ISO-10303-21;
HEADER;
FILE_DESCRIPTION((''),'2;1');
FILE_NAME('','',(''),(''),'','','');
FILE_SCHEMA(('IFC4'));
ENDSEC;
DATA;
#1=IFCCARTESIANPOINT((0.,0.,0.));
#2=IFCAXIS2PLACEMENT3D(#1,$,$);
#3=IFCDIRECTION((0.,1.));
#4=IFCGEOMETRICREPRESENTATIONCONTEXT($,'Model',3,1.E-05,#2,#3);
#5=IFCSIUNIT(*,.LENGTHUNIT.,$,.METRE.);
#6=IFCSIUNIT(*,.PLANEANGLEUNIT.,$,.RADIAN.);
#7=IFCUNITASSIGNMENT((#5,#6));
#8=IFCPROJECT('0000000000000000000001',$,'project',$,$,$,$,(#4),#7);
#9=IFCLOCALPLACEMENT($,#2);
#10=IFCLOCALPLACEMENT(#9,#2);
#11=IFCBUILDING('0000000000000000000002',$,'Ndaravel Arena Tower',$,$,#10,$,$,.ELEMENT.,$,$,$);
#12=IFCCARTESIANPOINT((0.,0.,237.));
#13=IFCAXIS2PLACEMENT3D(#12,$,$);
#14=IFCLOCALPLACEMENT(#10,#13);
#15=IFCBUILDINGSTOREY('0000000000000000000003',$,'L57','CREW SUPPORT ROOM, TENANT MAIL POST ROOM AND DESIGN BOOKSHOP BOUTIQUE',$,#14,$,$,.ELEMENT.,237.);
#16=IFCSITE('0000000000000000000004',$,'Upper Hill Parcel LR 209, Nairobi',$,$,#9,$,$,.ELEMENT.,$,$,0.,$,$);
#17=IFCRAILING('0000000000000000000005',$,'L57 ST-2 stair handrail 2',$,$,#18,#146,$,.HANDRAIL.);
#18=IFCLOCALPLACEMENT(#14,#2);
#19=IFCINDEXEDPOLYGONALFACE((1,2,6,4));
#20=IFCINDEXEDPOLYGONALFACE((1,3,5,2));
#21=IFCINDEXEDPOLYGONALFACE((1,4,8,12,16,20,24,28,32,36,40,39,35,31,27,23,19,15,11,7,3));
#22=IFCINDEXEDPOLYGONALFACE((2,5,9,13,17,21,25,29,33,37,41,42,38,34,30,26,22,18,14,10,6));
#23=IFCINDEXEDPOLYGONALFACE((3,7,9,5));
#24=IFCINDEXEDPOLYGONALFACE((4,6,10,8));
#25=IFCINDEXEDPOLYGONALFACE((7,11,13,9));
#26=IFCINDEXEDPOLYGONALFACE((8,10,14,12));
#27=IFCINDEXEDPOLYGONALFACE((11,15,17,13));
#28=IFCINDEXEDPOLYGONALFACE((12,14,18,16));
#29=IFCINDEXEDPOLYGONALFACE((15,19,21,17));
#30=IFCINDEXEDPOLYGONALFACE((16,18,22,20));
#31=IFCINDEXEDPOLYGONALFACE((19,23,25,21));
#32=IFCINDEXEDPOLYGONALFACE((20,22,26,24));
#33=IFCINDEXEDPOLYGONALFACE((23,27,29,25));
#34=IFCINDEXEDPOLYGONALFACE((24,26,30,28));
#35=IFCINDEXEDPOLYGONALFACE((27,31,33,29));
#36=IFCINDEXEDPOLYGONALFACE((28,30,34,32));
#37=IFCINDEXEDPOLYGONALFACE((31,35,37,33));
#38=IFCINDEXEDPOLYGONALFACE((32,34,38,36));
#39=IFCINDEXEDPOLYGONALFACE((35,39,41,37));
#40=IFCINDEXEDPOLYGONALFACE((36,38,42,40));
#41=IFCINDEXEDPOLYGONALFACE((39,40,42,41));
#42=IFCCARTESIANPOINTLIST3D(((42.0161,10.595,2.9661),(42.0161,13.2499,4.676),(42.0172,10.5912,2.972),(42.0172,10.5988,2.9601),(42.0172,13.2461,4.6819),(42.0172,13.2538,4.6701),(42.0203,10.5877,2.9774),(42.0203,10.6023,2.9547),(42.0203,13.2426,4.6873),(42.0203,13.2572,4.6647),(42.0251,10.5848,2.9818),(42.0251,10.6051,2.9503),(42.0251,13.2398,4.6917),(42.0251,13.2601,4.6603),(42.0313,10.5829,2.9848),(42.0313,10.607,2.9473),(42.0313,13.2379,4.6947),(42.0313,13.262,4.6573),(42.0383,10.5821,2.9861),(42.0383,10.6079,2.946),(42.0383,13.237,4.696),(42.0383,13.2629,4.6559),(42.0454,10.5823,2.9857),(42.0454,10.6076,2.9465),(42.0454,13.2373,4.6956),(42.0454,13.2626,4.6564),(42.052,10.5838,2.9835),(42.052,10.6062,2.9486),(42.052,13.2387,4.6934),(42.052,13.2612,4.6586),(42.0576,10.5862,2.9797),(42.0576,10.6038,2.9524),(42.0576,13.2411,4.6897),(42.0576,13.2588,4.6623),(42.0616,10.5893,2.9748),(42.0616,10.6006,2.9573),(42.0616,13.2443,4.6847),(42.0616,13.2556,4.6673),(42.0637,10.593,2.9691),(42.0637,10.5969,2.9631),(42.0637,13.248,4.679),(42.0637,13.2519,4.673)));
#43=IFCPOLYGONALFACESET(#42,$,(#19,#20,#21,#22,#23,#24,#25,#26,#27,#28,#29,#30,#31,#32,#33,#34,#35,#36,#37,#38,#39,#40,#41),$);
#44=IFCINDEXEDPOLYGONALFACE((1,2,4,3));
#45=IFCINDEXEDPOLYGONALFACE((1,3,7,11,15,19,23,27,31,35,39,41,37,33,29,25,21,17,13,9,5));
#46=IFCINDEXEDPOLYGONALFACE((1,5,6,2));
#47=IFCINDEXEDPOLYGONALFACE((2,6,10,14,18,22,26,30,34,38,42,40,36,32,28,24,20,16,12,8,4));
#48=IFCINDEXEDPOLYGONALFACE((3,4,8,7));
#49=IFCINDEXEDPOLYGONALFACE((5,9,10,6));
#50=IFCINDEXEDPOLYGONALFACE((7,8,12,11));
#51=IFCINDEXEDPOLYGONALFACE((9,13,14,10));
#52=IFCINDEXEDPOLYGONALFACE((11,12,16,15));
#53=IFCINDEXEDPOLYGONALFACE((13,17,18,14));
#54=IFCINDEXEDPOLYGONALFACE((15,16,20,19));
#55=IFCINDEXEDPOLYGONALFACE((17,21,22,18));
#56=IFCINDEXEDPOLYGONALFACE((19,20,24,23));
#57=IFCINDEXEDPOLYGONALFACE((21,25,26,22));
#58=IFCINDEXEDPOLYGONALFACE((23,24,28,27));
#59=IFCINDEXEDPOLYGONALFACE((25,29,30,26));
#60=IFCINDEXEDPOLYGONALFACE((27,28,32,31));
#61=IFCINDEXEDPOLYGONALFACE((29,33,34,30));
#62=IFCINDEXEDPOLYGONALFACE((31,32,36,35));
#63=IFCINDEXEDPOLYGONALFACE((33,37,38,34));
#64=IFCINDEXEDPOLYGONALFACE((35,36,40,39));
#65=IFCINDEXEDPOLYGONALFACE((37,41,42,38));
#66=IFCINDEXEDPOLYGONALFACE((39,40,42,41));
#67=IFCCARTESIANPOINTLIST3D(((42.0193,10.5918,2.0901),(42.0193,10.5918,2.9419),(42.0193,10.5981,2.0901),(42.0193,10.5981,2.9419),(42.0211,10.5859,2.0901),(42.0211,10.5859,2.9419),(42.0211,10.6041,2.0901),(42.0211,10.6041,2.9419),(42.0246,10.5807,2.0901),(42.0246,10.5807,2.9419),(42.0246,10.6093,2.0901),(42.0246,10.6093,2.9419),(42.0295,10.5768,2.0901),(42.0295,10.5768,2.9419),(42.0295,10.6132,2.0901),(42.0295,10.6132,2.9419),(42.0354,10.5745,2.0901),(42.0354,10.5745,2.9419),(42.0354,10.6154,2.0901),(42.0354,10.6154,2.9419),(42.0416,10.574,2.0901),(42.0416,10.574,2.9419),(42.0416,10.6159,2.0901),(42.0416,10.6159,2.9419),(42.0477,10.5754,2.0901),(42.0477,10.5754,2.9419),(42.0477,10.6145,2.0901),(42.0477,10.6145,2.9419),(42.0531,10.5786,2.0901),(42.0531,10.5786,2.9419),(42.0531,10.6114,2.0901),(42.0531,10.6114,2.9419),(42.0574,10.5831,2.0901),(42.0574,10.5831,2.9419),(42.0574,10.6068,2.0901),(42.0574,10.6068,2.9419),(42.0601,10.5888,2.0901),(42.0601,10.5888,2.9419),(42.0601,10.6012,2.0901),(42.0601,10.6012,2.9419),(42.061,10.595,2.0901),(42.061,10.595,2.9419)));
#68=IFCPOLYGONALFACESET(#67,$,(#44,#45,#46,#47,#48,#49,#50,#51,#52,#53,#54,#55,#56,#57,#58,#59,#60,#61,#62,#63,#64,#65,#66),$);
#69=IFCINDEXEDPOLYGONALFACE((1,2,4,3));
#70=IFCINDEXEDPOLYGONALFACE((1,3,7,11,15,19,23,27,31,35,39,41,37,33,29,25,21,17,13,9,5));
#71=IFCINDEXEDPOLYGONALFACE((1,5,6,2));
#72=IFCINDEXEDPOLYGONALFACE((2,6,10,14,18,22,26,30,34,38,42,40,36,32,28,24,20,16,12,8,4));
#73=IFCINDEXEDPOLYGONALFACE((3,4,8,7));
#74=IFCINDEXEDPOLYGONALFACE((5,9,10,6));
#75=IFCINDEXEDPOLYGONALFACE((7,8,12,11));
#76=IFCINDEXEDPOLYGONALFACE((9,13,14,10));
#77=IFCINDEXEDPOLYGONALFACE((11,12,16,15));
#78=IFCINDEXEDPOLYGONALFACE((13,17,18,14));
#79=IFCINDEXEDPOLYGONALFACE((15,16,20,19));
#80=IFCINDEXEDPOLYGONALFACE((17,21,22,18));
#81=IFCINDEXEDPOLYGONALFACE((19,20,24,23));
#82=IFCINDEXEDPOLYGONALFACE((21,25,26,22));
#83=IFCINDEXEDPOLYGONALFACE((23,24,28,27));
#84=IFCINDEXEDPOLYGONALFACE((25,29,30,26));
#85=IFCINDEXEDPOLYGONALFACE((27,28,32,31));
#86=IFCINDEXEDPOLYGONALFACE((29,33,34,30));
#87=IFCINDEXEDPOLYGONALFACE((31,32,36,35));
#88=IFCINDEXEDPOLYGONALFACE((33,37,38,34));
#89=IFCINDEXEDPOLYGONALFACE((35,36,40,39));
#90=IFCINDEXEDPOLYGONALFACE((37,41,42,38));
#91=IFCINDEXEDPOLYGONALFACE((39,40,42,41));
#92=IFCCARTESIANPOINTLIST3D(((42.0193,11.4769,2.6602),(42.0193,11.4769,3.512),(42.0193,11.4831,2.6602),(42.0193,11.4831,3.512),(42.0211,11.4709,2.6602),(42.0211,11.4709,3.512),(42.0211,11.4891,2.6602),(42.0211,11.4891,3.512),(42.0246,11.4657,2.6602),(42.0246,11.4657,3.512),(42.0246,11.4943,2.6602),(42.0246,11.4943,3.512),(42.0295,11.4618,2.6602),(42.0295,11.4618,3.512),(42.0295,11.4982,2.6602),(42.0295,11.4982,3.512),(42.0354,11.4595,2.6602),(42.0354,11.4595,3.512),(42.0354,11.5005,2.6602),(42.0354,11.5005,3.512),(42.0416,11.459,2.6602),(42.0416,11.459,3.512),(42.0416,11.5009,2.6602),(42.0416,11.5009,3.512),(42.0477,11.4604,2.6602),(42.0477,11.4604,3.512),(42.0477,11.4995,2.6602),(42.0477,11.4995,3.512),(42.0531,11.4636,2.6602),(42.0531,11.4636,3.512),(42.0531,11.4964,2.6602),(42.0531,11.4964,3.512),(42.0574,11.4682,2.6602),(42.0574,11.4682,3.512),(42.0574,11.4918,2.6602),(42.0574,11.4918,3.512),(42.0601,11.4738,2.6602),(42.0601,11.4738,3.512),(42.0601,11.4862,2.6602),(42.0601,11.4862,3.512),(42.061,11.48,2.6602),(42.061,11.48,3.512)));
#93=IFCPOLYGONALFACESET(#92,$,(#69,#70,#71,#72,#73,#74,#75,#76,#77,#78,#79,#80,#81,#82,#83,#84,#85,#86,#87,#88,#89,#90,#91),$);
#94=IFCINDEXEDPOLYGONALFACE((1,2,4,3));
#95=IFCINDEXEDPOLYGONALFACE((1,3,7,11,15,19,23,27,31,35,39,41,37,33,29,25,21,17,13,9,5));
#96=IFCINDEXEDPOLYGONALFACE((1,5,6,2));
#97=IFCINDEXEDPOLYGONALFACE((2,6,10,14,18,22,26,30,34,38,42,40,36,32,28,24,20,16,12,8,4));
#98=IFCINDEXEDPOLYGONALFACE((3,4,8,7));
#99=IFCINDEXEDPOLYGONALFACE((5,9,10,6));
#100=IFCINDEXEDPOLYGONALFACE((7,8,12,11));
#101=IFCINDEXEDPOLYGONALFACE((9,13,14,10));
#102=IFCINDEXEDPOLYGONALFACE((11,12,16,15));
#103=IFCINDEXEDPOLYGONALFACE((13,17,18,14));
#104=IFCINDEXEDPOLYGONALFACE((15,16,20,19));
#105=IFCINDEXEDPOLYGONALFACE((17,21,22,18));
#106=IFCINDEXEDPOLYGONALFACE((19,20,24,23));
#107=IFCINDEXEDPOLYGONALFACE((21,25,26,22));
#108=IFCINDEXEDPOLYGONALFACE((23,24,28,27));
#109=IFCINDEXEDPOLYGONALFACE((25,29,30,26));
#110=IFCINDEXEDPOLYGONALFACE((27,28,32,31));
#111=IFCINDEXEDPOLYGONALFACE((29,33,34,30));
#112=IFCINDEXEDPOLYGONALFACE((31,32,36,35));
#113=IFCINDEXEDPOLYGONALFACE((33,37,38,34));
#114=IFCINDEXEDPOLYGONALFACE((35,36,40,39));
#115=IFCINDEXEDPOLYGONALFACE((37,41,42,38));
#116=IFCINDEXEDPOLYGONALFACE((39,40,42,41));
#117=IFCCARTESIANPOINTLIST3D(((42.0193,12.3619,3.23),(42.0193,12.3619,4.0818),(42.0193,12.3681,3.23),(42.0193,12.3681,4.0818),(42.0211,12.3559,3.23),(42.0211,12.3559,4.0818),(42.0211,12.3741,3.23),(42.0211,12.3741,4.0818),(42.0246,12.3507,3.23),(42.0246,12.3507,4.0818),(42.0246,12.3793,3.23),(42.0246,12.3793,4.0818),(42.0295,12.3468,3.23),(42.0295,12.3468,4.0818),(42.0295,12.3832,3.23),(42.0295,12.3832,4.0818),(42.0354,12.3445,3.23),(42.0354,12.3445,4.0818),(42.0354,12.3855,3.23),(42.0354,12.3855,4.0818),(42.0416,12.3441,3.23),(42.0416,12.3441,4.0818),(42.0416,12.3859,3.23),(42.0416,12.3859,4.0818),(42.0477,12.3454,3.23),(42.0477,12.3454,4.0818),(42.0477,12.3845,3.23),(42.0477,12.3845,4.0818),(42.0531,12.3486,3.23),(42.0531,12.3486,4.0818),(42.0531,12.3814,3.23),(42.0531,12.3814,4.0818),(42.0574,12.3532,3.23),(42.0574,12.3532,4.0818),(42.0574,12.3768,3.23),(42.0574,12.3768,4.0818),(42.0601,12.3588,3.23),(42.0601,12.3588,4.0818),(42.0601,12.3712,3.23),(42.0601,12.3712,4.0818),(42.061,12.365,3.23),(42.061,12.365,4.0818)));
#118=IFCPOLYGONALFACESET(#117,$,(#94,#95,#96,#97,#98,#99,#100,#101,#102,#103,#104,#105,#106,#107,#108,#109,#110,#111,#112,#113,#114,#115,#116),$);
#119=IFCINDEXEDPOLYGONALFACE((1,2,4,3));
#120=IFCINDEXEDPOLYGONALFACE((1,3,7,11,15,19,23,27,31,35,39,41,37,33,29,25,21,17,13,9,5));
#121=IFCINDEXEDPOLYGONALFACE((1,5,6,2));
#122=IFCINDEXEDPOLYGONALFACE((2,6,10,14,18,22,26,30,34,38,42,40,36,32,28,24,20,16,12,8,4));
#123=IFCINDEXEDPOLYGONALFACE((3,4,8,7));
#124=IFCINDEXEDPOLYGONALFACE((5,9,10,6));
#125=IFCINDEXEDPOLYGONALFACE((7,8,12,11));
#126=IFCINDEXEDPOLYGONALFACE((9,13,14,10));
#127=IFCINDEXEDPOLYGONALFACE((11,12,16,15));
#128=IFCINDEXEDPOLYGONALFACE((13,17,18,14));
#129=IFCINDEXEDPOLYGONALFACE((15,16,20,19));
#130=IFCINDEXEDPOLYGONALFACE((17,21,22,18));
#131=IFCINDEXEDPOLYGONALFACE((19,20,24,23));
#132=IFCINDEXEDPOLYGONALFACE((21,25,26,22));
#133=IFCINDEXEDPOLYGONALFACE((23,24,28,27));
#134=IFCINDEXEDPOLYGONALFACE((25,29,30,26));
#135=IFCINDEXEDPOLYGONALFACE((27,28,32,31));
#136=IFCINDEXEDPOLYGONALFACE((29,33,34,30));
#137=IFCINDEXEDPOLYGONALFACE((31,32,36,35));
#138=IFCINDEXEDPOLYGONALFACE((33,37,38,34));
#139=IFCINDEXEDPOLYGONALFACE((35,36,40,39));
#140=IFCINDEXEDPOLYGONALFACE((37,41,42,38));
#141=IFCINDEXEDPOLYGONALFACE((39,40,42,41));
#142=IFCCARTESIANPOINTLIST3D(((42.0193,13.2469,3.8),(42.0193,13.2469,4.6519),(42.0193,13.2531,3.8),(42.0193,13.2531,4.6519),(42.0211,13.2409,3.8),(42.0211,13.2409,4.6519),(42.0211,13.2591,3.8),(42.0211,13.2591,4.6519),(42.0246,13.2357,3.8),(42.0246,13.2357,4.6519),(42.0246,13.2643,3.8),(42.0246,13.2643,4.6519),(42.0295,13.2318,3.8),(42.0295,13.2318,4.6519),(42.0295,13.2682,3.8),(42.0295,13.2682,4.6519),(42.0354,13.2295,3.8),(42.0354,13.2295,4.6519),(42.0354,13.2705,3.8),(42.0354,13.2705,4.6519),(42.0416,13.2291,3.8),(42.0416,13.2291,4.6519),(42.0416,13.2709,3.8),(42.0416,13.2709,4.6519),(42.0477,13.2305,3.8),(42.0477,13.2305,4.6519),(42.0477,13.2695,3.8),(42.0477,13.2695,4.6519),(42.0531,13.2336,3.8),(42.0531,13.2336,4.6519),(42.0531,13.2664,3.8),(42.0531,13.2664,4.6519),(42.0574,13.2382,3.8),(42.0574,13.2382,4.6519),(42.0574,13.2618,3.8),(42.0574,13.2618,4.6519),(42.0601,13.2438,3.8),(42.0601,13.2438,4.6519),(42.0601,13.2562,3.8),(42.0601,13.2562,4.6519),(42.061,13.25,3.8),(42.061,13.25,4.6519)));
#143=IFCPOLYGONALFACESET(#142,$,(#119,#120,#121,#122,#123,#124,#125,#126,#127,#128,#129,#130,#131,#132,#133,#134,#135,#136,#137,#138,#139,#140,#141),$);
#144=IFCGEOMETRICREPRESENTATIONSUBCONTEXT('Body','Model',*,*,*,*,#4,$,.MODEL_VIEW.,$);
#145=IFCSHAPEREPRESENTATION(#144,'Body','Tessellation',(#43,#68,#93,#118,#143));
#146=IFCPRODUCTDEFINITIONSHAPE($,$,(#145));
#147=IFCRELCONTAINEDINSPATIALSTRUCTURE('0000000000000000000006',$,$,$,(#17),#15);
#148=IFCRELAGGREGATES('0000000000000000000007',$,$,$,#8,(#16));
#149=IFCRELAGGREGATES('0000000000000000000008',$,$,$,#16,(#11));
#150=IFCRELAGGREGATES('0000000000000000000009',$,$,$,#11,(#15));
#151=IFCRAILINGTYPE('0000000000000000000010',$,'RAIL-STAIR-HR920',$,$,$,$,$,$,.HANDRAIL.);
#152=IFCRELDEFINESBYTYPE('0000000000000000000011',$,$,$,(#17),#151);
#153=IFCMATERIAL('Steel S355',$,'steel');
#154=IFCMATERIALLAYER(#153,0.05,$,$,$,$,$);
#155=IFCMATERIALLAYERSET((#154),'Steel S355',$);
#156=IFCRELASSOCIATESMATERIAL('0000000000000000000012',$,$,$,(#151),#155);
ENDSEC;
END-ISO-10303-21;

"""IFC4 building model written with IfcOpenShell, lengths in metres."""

from ifc_helpers import new_model, si_unit, direction, frame, origin, origin_2d, place, context, subcontext, project, spatial, circle, extrude, material, layer, layer_set, type_object, element, save


model = new_model("IFC4")

# Units and contexts
model_context = context("Model", 3, precision=1e-05, world=origin(), true_north=direction((0.0, 1.0)))
body_context = subcontext(model_context, "Body", "Model", "MODEL_VIEW")
ifc_project = project(units=[si_unit("LENGTHUNIT", "METRE"), si_unit("PLANEANGLEUNIT", "RADIAN")], contexts=[model_context])

# Site, building, storey
site_placement = place(None, origin())
site = spatial("IfcSite", under=ifc_project, at=site_placement, Name="Upper Hill Parcel LR 209, Nairobi", CompositionType="ELEMENT", RefElevation=0.0)
building_placement = place(site_placement, origin())
building = spatial("IfcBuilding", under=site, at=building_placement, Name="Ndaravel Arena Tower", CompositionType="ELEMENT")
storey_placement = place(building_placement, frame((0.0, 0.0, 237.0)))
storey = spatial("IfcBuildingStorey", under=building, at=storey_placement, Name="L57", Description="CREW SUPPORT ROOM, TENANT MAIL POST ROOM AND DESIGN BOOKSHOP BOUTIQUE", CompositionType="ELEMENT", Elevation=237.0)

# Railing
ifc_material_1 = material(Name="Steel S355", Category="steel")
ifc_layer_1 = layer(ifc_material_1, 0.05)
ifc_layer_set_1 = layer_set([ifc_layer_1], Name="Steel S355")
railing_type = type_object("IfcRailingType", Name="RAIL-STAIR-HR920", PredefinedType="HANDRAIL", material=ifc_layer_set_1)
railing_placement = place(storey_placement, frame((42.04, 10.595, 2.0901)))
element("IfcRailing", 1, at=railing_placement, inside=storey, type_object=railing_type, Name="L57 ST-2 stair handrail 2", PredefinedType="HANDRAIL", context=body_context, shape_type="SweptSolid", body=[
    extrude(circle(Radius=0.0239, at=origin_2d()), frame((0.0, 0.0, 0.876), z_axis=(0.0, 0.840724, 0.541465), x_axis=(-1.0, 0.0, 0.0)), (0.0, 0.0, 1.0), 3.158),
    extrude(circle(Radius=0.021, at=origin_2d()), origin(), (0.0, 0.0, 1.0), 0.8518),
    extrude(circle(Radius=0.021, at=origin_2d()), frame((0.0, 0.885, 0.5701)), (0.0, 0.0, 1.0), 0.8518),
    extrude(circle(Radius=0.021, at=origin_2d()), frame((0.0, 1.77, 1.1399)), (0.0, 0.0, 1.0), 0.8518),
    extrude(circle(Radius=0.021, at=origin_2d()), frame((0.0, 2.655, 1.71)), (0.0, 0.0, 1.0), 0.8518),
])

save(model, "model.ifc")
